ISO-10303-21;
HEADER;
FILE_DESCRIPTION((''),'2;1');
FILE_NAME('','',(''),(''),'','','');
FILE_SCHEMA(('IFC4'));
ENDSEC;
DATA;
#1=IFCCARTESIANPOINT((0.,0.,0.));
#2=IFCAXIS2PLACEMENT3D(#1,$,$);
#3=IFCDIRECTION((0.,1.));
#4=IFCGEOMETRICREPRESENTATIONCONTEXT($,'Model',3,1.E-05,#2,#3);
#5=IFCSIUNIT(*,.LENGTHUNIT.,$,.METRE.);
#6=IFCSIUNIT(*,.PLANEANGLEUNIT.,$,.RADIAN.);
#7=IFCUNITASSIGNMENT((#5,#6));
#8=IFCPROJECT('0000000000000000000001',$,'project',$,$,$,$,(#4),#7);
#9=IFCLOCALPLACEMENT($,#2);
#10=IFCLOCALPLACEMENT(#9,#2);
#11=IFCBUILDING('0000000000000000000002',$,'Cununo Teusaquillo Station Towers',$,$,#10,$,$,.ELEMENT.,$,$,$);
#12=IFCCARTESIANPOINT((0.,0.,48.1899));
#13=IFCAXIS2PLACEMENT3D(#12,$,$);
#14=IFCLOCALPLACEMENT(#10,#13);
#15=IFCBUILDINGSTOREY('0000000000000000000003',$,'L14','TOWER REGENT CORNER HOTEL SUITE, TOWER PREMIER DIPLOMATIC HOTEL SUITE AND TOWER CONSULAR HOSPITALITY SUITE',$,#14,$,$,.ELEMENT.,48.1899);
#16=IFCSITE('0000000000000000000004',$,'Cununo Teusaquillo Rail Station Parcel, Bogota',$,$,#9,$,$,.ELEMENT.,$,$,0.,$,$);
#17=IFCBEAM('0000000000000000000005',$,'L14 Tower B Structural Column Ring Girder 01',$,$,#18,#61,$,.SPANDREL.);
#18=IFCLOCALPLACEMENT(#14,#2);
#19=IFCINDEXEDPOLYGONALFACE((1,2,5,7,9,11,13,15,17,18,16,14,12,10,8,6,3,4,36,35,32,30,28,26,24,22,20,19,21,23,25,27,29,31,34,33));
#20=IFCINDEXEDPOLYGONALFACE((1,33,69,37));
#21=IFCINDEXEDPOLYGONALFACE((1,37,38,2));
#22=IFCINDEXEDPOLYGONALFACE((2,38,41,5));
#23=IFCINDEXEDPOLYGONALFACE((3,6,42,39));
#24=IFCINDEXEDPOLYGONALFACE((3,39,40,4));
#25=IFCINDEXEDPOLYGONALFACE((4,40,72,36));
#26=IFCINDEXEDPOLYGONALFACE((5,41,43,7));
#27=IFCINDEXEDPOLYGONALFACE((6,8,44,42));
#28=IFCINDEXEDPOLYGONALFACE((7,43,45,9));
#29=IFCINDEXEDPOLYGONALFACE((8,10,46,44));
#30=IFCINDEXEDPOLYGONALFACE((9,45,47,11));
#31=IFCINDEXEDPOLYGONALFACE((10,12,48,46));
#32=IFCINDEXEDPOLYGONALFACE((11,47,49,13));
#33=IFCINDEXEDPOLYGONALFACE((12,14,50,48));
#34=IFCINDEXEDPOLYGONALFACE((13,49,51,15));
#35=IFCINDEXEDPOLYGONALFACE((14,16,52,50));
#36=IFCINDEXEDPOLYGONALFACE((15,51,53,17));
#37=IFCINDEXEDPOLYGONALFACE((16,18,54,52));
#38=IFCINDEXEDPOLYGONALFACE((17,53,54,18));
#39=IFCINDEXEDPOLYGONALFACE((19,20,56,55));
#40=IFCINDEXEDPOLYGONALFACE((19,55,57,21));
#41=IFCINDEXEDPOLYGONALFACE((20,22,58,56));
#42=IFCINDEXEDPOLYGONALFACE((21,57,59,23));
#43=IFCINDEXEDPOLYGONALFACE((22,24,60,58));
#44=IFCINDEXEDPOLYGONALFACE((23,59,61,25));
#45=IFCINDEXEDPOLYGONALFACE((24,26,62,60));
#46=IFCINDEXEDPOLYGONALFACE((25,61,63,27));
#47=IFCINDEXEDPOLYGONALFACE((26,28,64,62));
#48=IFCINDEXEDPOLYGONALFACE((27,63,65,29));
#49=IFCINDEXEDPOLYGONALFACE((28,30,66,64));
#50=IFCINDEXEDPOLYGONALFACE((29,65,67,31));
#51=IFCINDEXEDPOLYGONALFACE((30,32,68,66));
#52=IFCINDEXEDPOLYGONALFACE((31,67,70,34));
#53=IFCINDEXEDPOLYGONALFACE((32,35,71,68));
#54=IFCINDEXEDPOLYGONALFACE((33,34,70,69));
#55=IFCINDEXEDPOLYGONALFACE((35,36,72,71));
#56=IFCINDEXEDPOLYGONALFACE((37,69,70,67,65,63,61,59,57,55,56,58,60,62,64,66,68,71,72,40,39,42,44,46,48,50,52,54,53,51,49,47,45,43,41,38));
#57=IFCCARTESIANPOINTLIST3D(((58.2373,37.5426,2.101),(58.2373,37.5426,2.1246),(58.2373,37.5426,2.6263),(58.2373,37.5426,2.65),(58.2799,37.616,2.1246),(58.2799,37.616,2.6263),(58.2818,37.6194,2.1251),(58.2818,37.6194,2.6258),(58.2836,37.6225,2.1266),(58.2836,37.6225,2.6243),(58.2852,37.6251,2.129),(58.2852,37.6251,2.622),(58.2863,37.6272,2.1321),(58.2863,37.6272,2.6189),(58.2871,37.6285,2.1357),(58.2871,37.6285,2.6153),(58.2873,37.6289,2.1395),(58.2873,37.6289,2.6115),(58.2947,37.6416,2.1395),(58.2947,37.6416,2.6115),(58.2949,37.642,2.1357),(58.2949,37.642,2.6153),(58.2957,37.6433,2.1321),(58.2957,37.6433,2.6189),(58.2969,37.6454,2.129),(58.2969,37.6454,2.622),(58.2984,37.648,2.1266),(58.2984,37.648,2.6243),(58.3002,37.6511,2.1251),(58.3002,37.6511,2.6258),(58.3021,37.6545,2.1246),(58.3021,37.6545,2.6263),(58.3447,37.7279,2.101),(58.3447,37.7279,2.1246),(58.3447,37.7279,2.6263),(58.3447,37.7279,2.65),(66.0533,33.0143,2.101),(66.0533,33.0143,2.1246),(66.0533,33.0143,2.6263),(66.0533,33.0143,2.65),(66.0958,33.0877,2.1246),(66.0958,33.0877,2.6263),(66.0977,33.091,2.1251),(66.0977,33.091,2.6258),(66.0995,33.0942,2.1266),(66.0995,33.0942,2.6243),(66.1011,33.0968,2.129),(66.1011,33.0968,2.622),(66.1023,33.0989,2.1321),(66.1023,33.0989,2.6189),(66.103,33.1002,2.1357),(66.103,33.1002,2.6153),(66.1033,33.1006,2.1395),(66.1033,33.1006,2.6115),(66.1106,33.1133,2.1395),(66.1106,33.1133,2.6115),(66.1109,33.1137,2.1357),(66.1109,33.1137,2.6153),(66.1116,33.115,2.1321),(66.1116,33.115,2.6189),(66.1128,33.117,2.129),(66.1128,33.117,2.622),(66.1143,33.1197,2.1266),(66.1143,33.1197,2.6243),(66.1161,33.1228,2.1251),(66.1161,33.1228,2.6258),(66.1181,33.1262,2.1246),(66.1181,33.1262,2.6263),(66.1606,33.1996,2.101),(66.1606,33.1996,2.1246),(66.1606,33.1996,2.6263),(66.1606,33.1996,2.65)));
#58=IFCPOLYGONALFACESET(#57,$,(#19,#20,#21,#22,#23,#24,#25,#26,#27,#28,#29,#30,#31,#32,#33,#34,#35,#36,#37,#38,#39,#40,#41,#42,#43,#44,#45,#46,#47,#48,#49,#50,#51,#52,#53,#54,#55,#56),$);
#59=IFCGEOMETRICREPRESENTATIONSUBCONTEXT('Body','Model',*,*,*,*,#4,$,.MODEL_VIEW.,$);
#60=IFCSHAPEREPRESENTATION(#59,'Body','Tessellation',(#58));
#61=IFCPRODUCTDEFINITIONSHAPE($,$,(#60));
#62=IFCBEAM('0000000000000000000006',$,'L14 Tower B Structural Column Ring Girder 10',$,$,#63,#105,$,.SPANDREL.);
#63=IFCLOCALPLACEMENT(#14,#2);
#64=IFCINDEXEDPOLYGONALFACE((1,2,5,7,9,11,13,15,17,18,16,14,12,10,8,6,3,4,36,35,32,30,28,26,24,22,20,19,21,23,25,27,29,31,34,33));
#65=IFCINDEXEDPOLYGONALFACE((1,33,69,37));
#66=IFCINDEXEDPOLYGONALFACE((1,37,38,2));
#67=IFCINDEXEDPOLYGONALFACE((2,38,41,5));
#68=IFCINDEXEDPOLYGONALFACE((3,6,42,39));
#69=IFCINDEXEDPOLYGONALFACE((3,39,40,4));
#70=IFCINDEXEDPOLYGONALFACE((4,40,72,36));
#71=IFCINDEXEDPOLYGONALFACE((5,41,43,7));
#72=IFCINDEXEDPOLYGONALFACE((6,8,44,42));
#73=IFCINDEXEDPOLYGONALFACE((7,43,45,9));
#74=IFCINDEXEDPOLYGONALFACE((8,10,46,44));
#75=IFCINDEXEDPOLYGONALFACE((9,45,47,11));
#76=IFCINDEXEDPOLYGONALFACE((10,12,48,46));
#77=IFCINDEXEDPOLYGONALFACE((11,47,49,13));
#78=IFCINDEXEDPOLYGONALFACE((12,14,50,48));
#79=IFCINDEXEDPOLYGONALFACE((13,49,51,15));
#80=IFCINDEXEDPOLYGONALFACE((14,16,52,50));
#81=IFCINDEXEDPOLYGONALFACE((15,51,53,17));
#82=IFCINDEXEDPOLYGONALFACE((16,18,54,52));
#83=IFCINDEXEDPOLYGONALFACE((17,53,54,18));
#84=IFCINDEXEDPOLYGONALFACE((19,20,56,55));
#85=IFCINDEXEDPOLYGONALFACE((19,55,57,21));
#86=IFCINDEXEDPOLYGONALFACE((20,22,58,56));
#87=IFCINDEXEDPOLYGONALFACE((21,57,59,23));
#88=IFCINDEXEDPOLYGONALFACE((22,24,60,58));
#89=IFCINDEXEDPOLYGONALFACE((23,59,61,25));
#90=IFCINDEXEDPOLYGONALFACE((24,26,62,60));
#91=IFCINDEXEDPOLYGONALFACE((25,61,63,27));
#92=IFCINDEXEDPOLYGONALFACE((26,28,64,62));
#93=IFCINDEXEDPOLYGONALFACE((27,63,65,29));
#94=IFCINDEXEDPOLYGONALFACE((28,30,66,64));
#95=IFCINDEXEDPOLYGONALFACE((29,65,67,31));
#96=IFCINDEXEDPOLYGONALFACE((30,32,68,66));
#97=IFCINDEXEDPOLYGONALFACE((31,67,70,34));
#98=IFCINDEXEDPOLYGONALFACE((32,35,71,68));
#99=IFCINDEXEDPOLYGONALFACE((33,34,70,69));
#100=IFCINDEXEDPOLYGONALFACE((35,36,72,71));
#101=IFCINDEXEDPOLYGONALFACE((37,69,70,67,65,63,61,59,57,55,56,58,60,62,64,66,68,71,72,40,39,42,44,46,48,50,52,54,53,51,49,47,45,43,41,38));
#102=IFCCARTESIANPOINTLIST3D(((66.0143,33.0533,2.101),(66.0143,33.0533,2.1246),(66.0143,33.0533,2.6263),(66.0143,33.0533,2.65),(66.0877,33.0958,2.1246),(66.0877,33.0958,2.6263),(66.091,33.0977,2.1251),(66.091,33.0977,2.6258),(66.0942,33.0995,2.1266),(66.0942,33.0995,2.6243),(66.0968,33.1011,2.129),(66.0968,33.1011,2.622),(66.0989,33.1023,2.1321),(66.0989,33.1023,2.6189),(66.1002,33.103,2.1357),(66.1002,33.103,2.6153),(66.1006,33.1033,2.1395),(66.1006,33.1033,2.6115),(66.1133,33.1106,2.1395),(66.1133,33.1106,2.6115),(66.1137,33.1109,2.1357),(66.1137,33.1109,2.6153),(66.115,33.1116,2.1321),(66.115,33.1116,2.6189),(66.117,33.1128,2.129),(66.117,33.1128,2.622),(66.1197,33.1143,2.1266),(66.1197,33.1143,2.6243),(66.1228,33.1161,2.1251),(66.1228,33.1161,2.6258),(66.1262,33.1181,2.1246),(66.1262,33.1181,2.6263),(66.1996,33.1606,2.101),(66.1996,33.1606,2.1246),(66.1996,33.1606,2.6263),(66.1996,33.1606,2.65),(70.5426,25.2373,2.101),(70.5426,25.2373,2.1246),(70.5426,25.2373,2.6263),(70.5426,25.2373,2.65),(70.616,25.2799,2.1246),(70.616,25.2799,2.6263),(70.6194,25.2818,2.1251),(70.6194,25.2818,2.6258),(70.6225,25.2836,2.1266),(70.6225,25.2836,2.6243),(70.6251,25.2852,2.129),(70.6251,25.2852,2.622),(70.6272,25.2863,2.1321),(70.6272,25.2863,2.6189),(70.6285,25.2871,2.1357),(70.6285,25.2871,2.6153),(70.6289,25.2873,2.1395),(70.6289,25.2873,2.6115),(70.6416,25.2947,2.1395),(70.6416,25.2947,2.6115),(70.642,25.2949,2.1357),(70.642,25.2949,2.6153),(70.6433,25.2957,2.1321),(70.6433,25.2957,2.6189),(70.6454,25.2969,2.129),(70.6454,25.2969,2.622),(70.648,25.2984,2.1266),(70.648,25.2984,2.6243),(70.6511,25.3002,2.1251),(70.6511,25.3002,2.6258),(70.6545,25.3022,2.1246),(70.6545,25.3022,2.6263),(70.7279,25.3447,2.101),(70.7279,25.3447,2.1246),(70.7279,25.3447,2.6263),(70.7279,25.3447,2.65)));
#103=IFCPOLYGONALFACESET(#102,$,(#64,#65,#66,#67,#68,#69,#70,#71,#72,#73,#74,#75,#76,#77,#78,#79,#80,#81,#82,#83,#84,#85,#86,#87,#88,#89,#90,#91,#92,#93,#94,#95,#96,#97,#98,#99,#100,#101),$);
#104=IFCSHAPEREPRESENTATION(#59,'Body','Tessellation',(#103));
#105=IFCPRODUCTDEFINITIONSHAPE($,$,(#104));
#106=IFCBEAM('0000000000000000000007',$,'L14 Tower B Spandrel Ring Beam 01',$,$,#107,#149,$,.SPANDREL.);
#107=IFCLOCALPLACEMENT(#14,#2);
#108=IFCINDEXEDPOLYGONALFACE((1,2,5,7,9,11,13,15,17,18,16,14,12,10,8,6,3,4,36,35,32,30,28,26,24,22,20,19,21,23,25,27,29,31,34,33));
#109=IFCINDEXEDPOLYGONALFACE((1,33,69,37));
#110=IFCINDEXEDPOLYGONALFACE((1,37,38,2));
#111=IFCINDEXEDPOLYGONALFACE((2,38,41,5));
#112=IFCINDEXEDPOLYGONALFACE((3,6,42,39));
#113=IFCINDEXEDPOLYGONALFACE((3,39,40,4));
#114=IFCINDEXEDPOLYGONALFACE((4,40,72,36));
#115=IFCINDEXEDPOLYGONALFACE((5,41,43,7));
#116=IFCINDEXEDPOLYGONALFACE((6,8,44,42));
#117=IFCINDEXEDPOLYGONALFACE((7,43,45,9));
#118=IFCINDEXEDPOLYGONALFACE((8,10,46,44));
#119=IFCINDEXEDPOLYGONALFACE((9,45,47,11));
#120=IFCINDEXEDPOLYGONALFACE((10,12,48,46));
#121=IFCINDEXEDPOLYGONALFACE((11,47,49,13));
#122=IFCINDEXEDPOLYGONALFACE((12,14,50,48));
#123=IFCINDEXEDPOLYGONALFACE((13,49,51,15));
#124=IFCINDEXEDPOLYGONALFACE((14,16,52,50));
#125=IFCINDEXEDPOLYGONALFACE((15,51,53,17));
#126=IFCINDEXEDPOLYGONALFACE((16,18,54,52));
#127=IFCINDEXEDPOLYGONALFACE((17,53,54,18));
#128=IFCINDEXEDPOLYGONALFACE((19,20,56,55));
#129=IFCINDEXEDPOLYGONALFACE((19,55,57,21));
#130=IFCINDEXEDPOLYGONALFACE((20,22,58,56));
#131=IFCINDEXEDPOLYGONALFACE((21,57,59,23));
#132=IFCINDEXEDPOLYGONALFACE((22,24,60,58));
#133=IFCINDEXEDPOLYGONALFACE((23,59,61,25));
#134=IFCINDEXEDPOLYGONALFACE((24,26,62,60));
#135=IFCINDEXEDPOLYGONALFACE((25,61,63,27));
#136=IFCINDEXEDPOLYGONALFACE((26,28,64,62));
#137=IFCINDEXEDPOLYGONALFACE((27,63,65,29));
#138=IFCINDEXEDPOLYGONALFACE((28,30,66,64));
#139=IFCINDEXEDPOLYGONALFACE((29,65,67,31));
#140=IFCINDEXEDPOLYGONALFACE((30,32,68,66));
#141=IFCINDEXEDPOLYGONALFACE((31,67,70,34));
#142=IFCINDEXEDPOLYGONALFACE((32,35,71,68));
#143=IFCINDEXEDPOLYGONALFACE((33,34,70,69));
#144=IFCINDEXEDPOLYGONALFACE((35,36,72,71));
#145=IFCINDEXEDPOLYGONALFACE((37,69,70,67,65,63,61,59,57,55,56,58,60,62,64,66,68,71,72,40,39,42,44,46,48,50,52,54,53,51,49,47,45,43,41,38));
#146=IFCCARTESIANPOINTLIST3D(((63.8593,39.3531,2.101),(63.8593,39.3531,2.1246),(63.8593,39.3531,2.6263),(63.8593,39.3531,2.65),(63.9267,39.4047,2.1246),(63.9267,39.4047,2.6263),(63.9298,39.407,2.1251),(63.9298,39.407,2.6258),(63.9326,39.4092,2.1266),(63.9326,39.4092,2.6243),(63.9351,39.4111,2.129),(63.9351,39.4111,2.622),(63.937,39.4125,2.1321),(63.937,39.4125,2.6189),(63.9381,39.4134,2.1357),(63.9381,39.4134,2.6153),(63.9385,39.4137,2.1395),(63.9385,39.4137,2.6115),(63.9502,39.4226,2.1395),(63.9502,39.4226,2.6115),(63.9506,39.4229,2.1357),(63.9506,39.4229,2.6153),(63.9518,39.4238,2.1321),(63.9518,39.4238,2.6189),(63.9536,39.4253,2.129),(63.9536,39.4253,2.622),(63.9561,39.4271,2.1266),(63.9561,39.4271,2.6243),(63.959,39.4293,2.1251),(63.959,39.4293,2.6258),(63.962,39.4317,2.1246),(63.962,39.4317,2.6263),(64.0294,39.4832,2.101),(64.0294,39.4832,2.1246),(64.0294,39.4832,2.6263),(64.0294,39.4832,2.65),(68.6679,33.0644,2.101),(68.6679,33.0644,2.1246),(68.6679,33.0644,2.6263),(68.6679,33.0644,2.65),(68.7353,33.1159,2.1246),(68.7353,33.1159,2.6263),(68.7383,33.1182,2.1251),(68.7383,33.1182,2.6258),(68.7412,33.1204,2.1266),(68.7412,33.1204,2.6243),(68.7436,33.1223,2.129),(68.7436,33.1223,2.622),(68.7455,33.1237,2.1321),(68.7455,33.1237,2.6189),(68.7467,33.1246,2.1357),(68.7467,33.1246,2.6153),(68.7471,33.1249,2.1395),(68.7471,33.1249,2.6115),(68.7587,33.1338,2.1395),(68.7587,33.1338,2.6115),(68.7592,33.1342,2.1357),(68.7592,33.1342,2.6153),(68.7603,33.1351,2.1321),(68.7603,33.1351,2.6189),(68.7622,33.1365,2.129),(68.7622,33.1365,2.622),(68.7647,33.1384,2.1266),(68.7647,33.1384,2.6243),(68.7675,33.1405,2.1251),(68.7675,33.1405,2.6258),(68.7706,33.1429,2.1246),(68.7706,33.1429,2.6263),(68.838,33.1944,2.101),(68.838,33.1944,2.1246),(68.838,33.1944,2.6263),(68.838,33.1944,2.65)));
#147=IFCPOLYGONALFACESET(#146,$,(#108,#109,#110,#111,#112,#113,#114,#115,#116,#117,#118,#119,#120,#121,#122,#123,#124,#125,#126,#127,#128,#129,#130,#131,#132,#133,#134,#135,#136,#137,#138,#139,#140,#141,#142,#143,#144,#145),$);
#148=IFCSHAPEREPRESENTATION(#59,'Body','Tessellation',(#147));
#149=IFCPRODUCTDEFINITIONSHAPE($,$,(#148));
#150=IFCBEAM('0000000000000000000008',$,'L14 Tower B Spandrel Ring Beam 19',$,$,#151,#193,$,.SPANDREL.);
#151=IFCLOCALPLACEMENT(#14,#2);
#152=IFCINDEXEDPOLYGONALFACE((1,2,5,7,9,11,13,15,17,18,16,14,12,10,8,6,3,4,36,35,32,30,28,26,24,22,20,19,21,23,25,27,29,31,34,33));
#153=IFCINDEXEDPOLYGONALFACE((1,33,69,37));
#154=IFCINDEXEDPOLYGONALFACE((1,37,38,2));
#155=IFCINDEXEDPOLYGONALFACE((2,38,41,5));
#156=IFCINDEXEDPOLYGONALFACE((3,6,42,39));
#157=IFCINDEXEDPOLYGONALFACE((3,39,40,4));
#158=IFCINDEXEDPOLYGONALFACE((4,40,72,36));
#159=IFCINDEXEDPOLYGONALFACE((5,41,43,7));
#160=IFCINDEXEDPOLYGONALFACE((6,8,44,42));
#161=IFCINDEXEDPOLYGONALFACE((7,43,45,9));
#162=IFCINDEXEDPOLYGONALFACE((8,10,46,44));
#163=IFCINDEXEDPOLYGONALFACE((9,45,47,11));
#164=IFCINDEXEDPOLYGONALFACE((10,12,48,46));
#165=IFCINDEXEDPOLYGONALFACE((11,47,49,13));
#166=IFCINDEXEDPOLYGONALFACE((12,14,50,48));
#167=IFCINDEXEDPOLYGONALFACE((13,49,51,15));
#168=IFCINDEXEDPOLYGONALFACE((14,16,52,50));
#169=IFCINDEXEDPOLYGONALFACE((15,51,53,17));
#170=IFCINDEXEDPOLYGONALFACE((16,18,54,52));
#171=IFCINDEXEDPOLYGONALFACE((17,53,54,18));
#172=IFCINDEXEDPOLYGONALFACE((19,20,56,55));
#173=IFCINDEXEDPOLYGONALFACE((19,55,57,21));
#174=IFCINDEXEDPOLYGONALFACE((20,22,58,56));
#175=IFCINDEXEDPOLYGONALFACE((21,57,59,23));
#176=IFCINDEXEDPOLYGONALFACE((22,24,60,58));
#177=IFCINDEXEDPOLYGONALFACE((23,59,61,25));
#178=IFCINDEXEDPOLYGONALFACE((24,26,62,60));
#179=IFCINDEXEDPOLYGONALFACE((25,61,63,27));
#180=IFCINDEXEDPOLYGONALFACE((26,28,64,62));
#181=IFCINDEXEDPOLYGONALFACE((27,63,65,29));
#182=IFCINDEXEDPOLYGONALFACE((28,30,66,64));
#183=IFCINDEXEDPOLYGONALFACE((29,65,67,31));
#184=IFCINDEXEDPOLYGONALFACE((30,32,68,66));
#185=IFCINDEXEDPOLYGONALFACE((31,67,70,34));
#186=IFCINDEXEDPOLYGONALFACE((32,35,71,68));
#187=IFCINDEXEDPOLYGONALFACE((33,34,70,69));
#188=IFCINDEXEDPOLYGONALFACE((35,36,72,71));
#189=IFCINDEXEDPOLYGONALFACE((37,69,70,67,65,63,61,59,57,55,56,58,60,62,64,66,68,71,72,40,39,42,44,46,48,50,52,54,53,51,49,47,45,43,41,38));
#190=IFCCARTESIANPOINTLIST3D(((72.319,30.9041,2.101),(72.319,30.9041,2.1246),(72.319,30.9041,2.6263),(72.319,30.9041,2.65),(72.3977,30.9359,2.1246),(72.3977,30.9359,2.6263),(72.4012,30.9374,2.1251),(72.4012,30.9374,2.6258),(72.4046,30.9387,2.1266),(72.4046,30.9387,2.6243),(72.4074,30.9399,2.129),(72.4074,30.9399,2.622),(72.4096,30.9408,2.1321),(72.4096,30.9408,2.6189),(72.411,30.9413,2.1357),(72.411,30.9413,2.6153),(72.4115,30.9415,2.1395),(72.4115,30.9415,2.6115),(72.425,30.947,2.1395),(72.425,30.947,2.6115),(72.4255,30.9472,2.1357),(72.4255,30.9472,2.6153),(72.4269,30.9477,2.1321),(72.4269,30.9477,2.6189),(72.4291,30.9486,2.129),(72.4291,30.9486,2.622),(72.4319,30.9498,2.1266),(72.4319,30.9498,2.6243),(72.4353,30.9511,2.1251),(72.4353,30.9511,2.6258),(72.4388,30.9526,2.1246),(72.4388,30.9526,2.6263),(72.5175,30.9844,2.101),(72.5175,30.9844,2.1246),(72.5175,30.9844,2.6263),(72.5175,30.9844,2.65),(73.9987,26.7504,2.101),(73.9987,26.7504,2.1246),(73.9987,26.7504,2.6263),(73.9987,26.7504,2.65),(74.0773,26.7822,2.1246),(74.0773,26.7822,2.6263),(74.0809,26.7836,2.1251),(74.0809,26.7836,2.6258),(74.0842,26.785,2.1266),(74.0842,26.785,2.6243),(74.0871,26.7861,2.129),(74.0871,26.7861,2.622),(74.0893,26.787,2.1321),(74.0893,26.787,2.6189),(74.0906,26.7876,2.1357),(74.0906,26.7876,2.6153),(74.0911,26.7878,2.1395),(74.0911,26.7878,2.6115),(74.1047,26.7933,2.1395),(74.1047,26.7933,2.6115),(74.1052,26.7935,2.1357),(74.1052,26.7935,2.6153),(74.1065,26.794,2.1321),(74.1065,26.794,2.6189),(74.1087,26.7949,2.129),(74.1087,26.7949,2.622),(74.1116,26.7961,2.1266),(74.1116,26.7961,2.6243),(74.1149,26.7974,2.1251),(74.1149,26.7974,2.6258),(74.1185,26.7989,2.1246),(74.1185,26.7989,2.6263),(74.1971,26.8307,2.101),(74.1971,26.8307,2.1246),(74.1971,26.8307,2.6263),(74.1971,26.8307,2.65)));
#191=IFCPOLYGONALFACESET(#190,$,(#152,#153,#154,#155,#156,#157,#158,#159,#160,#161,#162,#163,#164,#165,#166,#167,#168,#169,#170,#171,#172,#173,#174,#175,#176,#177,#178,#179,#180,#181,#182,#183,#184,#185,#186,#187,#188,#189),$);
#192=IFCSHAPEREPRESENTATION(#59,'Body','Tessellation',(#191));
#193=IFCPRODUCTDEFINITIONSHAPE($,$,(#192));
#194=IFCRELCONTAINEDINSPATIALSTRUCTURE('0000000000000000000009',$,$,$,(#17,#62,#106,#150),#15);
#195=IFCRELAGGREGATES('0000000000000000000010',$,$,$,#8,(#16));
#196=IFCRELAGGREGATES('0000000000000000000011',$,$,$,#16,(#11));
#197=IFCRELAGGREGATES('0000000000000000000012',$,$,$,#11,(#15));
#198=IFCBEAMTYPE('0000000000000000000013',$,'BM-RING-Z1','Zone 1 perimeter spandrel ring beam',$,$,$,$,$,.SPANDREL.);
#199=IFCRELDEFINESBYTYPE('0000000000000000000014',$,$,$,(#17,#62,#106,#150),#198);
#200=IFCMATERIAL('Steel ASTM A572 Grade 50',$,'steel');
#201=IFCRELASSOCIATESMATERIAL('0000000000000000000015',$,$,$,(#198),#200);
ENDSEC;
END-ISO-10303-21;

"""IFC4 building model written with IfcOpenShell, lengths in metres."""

from ifc_helpers import new_model, si_unit, direction, frame, origin, origin_2d, place, context, subcontext, project, spatial, i_section, extrude, material, material_profile, profile_set, type_object, element, save


model = new_model("IFC4")

# Units and contexts
model_context = context("Model", 3, precision=1e-05, world=origin(), true_north=direction((0.0, 1.0)))
body_context = subcontext(model_context, "Body", "Model", "MODEL_VIEW")
ifc_project = project(units=[si_unit("LENGTHUNIT", "METRE"), si_unit("PLANEANGLEUNIT", "RADIAN")], contexts=[model_context])

# Site, building, storey
site_placement = place(None, origin())
site = spatial("IfcSite", under=ifc_project, at=site_placement, Name="Cununo Teusaquillo Rail Station Parcel, Bogota", CompositionType="ELEMENT", RefElevation=0.0)
building_placement = place(site_placement, origin())
building = spatial("IfcBuilding", under=site, at=building_placement, Name="Cununo Teusaquillo Station Towers", CompositionType="ELEMENT")
storey_placement = place(building_placement, frame((0.0, 0.0, 48.1899)))
storey = spatial("IfcBuildingStorey", under=building, at=storey_placement, Name="L14", Description="TOWER REGENT CORNER HOTEL SUITE, TOWER PREMIER DIPLOMATIC HOTEL SUITE AND TOWER CONSULAR HOSPITALITY SUITE", CompositionType="ELEMENT", Elevation=48.1899)

# Beams
ifc_material_1 = material(Name="Steel ASTM A572 Grade 50", Category="steel")
ifc_material_profile_1 = material_profile(ifc_material_1, i_section(OverallWidth=0.2141, OverallDepth=0.5491, WebThickness=0.0146, FlangeThickness=0.0237, FilletRadius=0.0149, at=origin_2d()), Name="W21X93")
ifc_profile_set_1 = profile_set([ifc_material_profile_1], Name="Steel ASTM A572 Grade 50")
beam_type_1 = type_object("IfcBeamType", Name="BM-RING-Z1", Description="Zone 1 perimeter spandrel ring beam", PredefinedType="SPANDREL", material=ifc_profile_set_1)
for number, where, z_axis, x_axis, name in (
    (1, (66.1069, 33.1069, 2.3755), (-0.865267, 0.501311, 0.0), (-0.501311, -0.865267, 0.0), "L14 Tower B Structural Column Ring Girder 01"),
    (2, (70.6353, 25.291, 2.3755), (-0.501311, 0.865267, 0.0), (-0.865267, -0.501311, 0.0), "L14 Tower B Structural Column Ring Girder 10"),
):
    element("IfcBeam", number, at=place(storey_placement, frame(where, z_axis=z_axis, x_axis=x_axis)), inside=storey, type_object=beam_type_1, Name=name, PredefinedType="SPANDREL", context=body_context, shape_type="SweptSolid", body=[
        extrude(i_section(OverallWidth=0.2141, OverallDepth=0.5491, WebThickness=0.0146, FlangeThickness=0.0237, FilletRadius=0.0149, at=origin_2d()), origin(), (0.0, 0.0, 1.0), 9.033),
    ])
beam_1_placement = place(storey_placement, frame((68.7529, 33.1294, 2.3755), z_axis=(-0.60741, 0.794388, 0.0), x_axis=(-0.794388, -0.60741, 0.0)))
element("IfcBeam", 3, at=beam_1_placement, inside=storey, type_object=beam_type_1, Name="L14 Tower B Spandrel Ring Beam 01", PredefinedType="SPANDREL", context=body_context, shape_type="SweptSolid", body=[
    extrude(i_section(OverallWidth=0.2141, OverallDepth=0.5491, WebThickness=0.0146, FlangeThickness=0.0237, FilletRadius=0.0149, at=origin_2d()), origin(), (0.0, 0.0, 1.0), 7.9165),
])
beam_2_placement = place(storey_placement, frame((74.0979, 26.7905, 2.3755), z_axis=(-0.374883, 0.927072, 0.0), x_axis=(-0.927072, -0.374883, 0.0)))
element("IfcBeam", 4, at=beam_2_placement, inside=storey, type_object=beam_type_1, Name="L14 Tower B Spandrel Ring Beam 19", PredefinedType="SPANDREL", context=body_context, shape_type="SweptSolid", body=[
    extrude(i_section(OverallWidth=0.2141, OverallDepth=0.5491, WebThickness=0.0146, FlangeThickness=0.0237, FilletRadius=0.0149, at=origin_2d()), origin(), (0.0, 0.0, 1.0), 4.4805),
])

save(model, "model.ifc")
